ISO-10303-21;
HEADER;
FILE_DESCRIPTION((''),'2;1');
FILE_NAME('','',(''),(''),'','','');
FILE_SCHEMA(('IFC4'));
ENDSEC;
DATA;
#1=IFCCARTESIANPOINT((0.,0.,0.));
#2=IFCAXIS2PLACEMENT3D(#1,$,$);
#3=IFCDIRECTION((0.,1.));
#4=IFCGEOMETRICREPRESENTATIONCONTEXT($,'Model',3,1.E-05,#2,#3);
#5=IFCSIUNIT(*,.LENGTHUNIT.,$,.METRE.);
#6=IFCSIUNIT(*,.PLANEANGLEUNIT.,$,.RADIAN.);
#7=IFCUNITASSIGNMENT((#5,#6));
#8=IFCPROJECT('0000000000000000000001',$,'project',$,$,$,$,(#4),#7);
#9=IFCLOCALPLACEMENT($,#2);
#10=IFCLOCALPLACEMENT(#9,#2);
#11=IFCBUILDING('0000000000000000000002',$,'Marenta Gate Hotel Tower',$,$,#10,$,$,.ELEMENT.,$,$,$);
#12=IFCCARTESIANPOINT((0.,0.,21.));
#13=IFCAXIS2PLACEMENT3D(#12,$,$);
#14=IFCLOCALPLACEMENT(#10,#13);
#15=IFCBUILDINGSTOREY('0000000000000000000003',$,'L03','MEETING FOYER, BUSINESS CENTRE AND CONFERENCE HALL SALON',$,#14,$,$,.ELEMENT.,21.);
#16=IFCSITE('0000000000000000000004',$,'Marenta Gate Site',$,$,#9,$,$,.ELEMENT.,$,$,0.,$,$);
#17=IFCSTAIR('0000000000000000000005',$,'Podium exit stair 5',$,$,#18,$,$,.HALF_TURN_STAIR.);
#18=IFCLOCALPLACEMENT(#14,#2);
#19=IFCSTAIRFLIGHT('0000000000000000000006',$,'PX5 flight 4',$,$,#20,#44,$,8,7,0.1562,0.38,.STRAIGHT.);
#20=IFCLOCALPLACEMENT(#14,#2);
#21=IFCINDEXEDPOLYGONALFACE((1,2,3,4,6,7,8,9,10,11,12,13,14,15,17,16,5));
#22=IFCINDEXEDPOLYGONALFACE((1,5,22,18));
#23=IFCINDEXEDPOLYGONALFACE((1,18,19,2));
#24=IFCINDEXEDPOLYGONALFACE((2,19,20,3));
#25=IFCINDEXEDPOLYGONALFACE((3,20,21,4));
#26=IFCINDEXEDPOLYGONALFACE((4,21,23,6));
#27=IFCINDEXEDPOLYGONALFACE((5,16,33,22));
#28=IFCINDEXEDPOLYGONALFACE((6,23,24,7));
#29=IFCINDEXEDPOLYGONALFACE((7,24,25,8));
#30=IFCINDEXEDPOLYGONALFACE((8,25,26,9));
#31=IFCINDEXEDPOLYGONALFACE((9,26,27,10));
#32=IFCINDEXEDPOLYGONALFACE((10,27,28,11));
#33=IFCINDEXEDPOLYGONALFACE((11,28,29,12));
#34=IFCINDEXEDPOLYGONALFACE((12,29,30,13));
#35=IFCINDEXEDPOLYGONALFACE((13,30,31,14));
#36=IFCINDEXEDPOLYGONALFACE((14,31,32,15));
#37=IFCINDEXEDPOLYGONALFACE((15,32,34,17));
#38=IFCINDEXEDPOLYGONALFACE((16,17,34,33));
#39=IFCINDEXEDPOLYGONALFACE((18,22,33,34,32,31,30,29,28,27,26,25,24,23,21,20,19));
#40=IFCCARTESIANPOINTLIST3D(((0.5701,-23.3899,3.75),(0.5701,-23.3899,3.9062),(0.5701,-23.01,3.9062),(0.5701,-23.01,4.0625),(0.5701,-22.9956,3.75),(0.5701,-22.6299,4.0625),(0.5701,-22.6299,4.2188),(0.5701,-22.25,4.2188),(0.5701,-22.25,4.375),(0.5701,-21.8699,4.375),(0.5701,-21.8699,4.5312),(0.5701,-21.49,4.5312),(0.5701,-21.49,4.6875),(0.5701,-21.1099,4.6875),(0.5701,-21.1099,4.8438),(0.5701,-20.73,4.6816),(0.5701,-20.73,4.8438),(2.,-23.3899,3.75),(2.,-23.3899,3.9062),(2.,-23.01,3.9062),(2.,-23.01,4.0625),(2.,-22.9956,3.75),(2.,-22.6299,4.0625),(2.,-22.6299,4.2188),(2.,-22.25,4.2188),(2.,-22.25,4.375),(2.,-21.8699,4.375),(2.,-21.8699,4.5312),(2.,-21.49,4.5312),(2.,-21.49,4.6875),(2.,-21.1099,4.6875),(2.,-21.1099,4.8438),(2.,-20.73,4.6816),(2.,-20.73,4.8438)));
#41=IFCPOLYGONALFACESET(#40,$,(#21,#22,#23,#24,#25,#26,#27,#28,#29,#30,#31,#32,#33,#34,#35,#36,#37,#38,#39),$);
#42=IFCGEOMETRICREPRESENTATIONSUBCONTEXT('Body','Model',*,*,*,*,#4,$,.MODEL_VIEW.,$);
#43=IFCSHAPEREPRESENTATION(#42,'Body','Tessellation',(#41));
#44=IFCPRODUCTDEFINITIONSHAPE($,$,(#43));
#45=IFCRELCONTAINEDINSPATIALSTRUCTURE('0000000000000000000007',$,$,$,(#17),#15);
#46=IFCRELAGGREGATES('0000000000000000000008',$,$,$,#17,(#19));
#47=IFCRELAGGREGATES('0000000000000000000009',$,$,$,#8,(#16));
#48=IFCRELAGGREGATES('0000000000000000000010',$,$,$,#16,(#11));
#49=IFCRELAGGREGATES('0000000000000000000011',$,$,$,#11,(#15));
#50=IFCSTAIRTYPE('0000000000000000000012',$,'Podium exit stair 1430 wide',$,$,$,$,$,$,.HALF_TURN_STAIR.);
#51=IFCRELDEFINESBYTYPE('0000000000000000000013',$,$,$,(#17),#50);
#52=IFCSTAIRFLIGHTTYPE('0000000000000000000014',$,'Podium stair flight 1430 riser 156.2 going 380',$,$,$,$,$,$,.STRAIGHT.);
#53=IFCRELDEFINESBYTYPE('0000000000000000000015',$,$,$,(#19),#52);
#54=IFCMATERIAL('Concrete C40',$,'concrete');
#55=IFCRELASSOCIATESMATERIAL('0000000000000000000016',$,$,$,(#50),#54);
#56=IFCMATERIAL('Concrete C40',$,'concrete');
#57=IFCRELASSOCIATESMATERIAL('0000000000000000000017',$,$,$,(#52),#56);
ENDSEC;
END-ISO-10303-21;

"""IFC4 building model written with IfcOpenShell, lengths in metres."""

from ifc_helpers import new_model, si_unit, direction, frame, origin, place, context, subcontext, project, spatial, polyline, outline, extrude, material, type_object, element, aggregate, save


model = new_model("IFC4")

# Units and contexts
model_context = context("Model", 3, precision=1e-05, world=origin(), true_north=direction((0.0, 1.0)))
body_context = subcontext(model_context, "Body", "Model", "MODEL_VIEW")
ifc_project = project(units=[si_unit("LENGTHUNIT", "METRE"), si_unit("PLANEANGLEUNIT", "RADIAN")], contexts=[model_context])

# Site, building, storey
site_placement = place(None, origin())
site = spatial("IfcSite", under=ifc_project, at=site_placement, Name="Marenta Gate Site", CompositionType="ELEMENT", RefElevation=0.0)
building_placement = place(site_placement, origin())
building = spatial("IfcBuilding", under=site, at=building_placement, Name="Marenta Gate Hotel Tower", CompositionType="ELEMENT")
storey_placement = place(building_placement, frame((0.0, 0.0, 21.0)))
storey = spatial("IfcBuildingStorey", under=building, at=storey_placement, Name="L03", Description="MEETING FOYER, BUSINESS CENTRE AND CONFERENCE HALL SALON", CompositionType="ELEMENT", Elevation=21.0)

# Stair, stair flight
ifc_material_1 = material(Name="Concrete C40", Category="concrete")
stair_type_1 = type_object("IfcStairType", Name="Podium exit stair 1430 wide", PredefinedType="HALF_TURN_STAIR", material=ifc_material_1)
stair_1_placement = place(storey_placement, origin())
stair_1 = element("IfcStair", 1, at=stair_1_placement, inside=storey, type_object=stair_type_1, Name="Podium exit stair 5", PredefinedType="HALF_TURN_STAIR")
ifc_material_2 = material(Name="Concrete C40", Category="concrete")
stair_flight_type = type_object("IfcStairFlightType", Name="Podium stair flight 1430 riser 156.2 going 380", PredefinedType="STRAIGHT", material=ifc_material_2)
stair_flight_1_placement = place(storey_placement, frame((1.2849, -23.3899, 3.75), z_axis=(0.0, 0.0, 1.0), x_axis=(0.0, 1.0, 0.0)))
stair_flight_1 = element("IfcStairFlight", 2, at=stair_flight_1_placement, type_object=stair_flight_type, Name="PX5 flight 4", NumberOfRisers=8, NumberOfTreads=7, PredefinedType="STRAIGHT", RiserHeight=0.1562, TreadLength=0.38, context=body_context, shape_type="SweptSolid", body=[
    extrude(outline(polyline([(0.0, 0.0), (0.0, 0.1562), (0.3799, 0.1562), (0.3799, 0.3125), (0.76, 0.3125), (0.76, 0.4688), (1.1399, 0.4688), (1.1399, 0.625), (1.52, 0.625), (1.52, 0.7812), (1.8999, 0.7812), (1.8999, 0.9375), (2.28, 0.9375), (2.28, 1.0938), (2.6599, 1.0938), (2.6599, 1.25), (2.6599, 0.9316), (0.3943, 0.0), (0.0, 0.0)])), frame((0.0, 0.7148, 0.0), z_axis=(0.0, -1.0, 0.0), x_axis=(1.0, 0.0, 0.0)), (0.0, 0.0, 1.0), 1.4299),
])
aggregate(stair_1, [stair_flight_1])

save(model, "model.ifc")
